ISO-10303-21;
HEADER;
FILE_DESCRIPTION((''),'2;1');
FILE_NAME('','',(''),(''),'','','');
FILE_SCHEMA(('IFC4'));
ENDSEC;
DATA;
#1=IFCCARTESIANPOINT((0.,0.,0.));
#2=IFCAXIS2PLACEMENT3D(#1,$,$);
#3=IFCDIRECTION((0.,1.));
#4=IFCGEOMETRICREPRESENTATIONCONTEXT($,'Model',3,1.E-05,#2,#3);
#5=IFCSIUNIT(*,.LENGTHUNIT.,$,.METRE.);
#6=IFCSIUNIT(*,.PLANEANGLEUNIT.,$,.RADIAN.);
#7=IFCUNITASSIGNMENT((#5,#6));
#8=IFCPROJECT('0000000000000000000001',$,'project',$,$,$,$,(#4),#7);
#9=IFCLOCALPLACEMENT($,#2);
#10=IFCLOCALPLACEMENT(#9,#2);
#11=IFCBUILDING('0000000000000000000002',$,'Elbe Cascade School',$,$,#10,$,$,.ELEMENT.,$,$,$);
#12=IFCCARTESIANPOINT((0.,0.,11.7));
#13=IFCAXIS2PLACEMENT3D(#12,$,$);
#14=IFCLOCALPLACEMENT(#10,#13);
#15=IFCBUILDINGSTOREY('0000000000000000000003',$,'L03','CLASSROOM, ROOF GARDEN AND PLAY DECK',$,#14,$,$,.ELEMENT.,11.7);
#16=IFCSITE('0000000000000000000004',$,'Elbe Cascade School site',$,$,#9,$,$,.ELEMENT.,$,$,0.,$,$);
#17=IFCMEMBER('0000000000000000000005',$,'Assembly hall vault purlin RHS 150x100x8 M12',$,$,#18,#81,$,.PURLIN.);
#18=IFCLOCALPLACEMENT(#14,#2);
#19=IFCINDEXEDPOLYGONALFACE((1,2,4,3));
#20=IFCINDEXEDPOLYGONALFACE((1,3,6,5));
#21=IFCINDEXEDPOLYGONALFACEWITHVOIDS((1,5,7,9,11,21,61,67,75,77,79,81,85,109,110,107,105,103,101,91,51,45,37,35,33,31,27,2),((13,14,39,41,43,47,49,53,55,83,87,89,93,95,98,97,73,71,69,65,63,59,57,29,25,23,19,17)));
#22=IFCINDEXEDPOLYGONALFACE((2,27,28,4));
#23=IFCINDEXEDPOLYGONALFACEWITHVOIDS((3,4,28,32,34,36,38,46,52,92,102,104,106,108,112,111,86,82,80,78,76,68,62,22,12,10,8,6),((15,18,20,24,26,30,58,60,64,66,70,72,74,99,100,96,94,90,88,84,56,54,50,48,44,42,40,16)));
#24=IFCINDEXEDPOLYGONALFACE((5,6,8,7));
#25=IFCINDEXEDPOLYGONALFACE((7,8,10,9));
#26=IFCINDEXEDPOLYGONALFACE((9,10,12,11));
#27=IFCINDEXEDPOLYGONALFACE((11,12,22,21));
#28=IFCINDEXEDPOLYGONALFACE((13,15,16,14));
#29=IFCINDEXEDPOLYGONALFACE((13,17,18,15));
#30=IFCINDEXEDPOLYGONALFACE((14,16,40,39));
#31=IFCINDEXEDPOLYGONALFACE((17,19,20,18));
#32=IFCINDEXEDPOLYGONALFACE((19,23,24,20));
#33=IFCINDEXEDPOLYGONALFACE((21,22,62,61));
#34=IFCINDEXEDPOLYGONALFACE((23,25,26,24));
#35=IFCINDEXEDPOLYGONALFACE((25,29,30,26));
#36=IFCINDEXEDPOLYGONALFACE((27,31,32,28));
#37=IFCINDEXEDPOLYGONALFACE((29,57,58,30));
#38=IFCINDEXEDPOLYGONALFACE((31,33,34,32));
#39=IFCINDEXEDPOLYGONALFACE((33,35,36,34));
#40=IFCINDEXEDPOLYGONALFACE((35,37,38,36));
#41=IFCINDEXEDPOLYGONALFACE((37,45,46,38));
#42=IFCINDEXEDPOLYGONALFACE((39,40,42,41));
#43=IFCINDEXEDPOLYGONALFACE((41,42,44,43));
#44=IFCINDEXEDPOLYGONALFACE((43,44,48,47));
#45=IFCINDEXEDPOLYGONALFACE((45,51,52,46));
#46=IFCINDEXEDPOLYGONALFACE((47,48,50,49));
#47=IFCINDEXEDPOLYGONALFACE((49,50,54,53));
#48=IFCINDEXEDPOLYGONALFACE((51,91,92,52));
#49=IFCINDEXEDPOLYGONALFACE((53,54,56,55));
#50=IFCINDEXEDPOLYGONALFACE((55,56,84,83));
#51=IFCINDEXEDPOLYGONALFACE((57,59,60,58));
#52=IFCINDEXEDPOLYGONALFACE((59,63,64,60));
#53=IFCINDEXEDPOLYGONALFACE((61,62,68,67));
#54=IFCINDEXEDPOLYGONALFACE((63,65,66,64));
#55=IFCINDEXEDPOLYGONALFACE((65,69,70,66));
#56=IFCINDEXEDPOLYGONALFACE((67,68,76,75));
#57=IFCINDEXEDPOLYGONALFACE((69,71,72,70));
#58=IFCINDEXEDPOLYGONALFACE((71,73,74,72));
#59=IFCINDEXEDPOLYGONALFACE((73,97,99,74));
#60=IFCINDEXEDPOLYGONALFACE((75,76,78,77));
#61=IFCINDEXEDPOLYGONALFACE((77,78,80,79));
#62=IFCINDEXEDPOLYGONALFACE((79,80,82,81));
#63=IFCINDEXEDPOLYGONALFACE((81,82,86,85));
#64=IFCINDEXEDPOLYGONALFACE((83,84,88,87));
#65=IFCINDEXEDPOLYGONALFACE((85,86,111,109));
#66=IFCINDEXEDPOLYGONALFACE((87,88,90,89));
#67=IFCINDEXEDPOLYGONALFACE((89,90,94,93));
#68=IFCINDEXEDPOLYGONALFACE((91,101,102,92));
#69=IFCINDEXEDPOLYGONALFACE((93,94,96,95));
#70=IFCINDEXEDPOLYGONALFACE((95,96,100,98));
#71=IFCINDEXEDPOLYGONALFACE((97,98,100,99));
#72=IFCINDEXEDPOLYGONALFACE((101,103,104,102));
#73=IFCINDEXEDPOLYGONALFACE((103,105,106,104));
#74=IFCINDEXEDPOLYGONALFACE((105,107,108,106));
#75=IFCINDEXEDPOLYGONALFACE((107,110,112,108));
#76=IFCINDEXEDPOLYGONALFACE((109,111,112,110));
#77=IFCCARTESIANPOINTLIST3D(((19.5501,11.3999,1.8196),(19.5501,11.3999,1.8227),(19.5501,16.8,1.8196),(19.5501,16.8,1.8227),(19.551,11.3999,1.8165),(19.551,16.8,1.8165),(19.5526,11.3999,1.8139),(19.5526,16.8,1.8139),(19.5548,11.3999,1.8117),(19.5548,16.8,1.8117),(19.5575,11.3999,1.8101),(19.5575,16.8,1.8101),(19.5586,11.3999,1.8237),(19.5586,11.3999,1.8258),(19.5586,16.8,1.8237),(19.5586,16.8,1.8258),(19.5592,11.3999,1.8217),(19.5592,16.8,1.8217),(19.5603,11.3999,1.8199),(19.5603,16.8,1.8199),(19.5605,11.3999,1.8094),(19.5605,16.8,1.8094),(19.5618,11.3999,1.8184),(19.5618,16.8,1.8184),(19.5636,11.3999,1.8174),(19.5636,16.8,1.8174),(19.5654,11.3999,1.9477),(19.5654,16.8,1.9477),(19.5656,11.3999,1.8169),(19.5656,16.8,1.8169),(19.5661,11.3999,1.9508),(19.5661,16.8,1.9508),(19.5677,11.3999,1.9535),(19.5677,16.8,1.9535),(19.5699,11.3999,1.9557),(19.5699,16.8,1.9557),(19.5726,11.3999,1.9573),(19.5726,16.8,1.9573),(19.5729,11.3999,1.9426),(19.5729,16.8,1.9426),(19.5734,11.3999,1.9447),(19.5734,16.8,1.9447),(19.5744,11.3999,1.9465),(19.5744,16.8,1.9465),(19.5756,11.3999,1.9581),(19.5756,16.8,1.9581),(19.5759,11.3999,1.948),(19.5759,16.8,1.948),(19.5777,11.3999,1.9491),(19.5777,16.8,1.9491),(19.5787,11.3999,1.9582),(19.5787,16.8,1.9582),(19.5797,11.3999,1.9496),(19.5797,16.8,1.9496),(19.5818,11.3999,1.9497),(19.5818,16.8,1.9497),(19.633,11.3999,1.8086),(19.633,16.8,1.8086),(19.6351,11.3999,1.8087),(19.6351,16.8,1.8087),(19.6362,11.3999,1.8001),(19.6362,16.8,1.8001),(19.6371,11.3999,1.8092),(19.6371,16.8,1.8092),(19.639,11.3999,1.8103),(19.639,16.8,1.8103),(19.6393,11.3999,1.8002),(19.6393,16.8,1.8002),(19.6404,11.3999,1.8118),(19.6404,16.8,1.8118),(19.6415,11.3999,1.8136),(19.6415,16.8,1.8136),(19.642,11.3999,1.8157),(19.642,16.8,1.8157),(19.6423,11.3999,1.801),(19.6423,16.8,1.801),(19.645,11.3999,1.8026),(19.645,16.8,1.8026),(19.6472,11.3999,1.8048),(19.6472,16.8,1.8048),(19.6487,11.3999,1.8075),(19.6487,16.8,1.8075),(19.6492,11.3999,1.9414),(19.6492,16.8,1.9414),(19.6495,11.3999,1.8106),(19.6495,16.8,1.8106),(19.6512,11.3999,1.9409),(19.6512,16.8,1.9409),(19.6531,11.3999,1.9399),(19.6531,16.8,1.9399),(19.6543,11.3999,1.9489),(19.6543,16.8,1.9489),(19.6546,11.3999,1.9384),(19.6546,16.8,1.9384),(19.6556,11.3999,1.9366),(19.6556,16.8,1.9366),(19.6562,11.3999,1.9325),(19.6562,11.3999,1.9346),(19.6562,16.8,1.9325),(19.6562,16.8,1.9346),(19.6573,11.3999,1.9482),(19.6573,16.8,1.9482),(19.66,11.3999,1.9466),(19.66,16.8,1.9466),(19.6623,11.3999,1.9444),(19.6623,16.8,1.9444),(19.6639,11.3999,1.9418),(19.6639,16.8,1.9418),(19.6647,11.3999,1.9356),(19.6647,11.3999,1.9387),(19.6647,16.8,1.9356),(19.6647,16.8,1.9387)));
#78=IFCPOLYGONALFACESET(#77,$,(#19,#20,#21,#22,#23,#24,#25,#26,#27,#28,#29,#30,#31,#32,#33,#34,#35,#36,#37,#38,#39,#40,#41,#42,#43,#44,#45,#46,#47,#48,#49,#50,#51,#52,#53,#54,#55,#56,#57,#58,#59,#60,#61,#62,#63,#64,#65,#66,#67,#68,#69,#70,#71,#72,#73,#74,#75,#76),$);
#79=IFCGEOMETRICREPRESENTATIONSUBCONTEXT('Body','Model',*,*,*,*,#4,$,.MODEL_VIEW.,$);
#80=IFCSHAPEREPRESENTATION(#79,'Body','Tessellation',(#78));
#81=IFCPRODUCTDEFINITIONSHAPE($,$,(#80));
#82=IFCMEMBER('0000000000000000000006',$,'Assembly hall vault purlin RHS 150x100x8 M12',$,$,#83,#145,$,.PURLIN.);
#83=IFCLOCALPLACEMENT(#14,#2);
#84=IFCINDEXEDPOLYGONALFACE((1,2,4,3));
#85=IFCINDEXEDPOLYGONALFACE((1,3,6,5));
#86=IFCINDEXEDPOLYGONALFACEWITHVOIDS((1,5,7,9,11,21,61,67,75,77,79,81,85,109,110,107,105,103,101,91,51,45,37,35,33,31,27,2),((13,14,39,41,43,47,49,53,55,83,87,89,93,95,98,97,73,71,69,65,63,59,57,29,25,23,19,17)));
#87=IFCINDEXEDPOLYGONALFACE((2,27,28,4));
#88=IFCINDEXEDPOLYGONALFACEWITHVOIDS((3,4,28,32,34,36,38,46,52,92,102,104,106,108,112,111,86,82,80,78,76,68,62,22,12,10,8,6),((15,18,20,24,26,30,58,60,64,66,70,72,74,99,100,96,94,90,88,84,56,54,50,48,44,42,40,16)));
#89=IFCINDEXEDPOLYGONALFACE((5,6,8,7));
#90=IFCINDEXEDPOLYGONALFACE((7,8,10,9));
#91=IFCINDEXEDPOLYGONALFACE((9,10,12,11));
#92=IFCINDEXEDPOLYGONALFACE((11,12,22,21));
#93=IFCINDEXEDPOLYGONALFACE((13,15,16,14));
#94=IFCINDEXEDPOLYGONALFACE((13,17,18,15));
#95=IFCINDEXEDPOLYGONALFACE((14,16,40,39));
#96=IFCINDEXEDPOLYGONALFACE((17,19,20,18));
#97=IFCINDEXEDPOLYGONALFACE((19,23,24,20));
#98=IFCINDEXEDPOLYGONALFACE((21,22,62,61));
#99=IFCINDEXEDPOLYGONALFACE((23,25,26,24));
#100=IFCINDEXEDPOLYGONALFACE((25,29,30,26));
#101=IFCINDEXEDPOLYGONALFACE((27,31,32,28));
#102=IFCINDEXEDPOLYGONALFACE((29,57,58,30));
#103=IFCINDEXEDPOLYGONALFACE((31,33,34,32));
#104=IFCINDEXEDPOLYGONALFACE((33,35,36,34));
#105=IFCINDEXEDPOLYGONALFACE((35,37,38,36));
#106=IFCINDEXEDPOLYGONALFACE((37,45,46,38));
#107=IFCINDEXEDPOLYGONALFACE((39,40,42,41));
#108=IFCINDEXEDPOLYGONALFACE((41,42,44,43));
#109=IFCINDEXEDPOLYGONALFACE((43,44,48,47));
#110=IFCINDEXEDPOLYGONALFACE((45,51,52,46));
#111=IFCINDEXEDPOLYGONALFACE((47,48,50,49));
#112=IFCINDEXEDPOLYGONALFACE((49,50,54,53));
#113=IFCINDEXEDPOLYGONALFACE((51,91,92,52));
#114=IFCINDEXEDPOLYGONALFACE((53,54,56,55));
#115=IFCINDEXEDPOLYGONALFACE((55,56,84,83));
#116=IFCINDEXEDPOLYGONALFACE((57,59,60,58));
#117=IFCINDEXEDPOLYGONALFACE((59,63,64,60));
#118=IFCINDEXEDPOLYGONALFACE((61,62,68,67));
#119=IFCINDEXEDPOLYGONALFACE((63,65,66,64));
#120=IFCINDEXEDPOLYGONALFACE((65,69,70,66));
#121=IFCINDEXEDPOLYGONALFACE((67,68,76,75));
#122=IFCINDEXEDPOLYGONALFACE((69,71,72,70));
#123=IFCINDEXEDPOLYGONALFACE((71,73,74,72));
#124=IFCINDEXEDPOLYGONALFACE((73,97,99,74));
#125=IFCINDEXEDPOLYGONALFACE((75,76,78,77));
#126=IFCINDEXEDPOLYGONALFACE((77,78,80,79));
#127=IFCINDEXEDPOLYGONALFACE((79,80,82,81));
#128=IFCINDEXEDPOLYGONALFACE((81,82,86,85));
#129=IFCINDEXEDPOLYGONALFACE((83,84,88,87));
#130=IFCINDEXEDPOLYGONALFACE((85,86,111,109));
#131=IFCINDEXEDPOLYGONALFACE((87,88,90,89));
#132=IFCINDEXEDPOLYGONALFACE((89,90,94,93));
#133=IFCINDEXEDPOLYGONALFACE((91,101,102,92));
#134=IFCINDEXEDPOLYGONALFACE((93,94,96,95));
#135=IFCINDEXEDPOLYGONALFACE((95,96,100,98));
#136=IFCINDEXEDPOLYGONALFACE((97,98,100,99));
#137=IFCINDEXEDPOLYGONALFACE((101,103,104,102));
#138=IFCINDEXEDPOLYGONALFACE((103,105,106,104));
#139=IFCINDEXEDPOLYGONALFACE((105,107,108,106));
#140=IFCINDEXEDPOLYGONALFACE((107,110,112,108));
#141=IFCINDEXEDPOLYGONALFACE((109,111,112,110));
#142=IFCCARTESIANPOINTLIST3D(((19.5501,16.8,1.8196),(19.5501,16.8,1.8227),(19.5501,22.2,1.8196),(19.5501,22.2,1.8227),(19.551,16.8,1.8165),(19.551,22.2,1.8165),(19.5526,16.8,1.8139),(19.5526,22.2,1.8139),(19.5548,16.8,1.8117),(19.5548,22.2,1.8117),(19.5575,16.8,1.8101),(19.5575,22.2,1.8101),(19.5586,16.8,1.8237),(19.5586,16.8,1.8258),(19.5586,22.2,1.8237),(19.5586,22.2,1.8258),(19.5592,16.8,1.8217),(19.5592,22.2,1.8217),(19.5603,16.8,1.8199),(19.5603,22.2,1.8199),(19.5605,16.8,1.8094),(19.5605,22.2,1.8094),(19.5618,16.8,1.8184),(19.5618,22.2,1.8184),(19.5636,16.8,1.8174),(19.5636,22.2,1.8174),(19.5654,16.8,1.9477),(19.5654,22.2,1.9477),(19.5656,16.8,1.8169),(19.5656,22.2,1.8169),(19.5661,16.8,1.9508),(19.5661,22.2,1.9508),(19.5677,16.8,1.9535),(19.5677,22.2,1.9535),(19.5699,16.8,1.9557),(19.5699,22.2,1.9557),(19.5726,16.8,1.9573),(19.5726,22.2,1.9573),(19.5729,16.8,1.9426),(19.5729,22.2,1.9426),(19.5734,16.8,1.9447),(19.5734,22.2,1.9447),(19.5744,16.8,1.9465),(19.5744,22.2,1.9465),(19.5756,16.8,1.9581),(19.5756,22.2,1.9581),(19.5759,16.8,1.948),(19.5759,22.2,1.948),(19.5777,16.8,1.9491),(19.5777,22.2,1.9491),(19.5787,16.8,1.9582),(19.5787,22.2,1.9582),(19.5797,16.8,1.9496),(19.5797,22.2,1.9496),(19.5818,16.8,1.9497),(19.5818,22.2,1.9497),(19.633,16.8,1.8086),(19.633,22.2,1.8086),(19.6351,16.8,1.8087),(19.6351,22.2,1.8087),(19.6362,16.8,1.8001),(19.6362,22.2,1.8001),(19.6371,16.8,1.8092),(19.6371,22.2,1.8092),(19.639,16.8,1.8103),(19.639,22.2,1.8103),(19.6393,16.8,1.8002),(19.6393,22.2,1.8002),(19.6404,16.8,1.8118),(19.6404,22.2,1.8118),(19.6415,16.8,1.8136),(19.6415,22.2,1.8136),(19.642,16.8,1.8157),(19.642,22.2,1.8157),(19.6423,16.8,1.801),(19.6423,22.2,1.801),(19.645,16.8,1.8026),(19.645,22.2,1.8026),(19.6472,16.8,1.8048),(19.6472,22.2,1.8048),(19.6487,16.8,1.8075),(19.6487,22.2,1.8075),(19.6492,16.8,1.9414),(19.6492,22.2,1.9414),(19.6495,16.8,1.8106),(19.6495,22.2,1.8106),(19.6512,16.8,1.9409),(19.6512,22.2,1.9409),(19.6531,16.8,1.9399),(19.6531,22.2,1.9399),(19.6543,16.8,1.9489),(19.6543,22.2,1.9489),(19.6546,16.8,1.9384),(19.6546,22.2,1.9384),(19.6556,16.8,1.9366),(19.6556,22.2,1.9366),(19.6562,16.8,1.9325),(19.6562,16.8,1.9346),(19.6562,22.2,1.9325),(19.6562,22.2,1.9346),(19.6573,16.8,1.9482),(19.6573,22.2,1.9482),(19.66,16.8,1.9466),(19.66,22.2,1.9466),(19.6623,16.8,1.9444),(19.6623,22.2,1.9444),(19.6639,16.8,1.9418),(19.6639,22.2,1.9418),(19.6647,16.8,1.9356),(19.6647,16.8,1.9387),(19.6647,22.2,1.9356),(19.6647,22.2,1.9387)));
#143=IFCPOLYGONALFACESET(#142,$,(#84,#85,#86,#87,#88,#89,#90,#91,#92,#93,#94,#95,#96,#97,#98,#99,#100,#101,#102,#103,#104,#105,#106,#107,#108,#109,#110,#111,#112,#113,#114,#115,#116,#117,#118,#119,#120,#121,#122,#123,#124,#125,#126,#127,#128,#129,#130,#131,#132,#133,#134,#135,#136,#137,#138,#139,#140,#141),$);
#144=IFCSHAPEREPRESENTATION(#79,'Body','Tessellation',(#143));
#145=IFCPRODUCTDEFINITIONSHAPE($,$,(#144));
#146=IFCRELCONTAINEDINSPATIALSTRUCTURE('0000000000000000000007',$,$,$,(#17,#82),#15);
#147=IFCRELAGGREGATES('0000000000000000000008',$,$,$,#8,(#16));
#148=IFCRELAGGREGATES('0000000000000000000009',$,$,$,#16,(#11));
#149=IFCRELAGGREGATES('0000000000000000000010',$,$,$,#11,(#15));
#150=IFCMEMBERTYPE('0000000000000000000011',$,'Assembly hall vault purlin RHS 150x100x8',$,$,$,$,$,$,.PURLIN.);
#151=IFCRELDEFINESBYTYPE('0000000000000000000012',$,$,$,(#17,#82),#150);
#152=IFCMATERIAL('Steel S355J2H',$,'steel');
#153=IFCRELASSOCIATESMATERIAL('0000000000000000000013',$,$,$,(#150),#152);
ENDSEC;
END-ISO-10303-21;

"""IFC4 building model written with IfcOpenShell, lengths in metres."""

from ifc_helpers import new_model, si_unit, direction, frame, origin, origin_2d, place, context, subcontext, project, spatial, hollow_rectangle, extrude, material, material_profile, profile_set, type_object, element, save


model = new_model("IFC4")

# Units and contexts
model_context = context("Model", 3, precision=1e-05, world=origin(), true_north=direction((0.0, 1.0)))
body_context = subcontext(model_context, "Body", "Model", "MODEL_VIEW")
ifc_project = project(units=[si_unit("LENGTHUNIT", "METRE"), si_unit("PLANEANGLEUNIT", "RADIAN")], contexts=[model_context])

# Site, building, storey
site_placement = place(None, origin())
site = spatial("IfcSite", under=ifc_project, at=site_placement, Name="Elbe Cascade School site", CompositionType="ELEMENT", RefElevation=0.0)
building_placement = place(site_placement, origin())
building = spatial("IfcBuilding", under=site, at=building_placement, Name="Elbe Cascade School", CompositionType="ELEMENT")
storey_placement = place(building_placement, frame((0.0, 0.0, 11.7)))
storey = spatial("IfcBuildingStorey", under=building, at=storey_placement, Name="L03", Description="CLASSROOM, ROOF GARDEN AND PLAY DECK", CompositionType="ELEMENT", Elevation=11.7)

# Members
ifc_material_1 = material(Name="Steel S355J2H", Category="steel")
ifc_material_profile_1 = material_profile(ifc_material_1, hollow_rectangle(XDim=0.1001, YDim=0.1499, WallThickness=0.0081, InnerFilletRadius=0.0081, OuterFilletRadius=0.012, at=origin_2d()), Name="RHS 150x100x8")
ifc_profile_set_1 = profile_set([ifc_material_profile_1], Name="Steel S355J2H")
member_type_1 = type_object("IfcMemberType", Name="Assembly hall vault purlin RHS 150x100x8", PredefinedType="PURLIN", material=ifc_profile_set_1)
member_1_placement = place(storey_placement, frame((19.6074, 11.3999, 1.8792), z_axis=(0.0, 1.0, 0.0), x_axis=(-0.992653, 0.0, 0.120994)))
element("IfcMember", 1, at=member_1_placement, inside=storey, type_object=member_type_1, Name="Assembly hall vault purlin RHS 150x100x8 M12", PredefinedType="PURLIN", context=body_context, shape_type="SweptSolid", body=[
    extrude(hollow_rectangle(XDim=0.1001, YDim=0.1499, WallThickness=0.0081, InnerFilletRadius=0.0081, OuterFilletRadius=0.012, at=origin_2d()), origin(), (0.0, 0.0, 1.0), 5.4001),
])
member_2_placement = place(storey_placement, frame((19.6074, 16.8, 1.8792), z_axis=(0.0, 1.0, 0.0), x_axis=(-0.992653, 0.0, 0.120994)))
element("IfcMember", 2, at=member_2_placement, inside=storey, type_object=member_type_1, Name="Assembly hall vault purlin RHS 150x100x8 M12", PredefinedType="PURLIN", context=body_context, shape_type="SweptSolid", body=[
    extrude(hollow_rectangle(XDim=0.1001, YDim=0.1499, WallThickness=0.0081, InnerFilletRadius=0.0081, OuterFilletRadius=0.012, at=origin_2d()), origin(), (0.0, 0.0, 1.0), 5.3999),
])

save(model, "model.ifc")
